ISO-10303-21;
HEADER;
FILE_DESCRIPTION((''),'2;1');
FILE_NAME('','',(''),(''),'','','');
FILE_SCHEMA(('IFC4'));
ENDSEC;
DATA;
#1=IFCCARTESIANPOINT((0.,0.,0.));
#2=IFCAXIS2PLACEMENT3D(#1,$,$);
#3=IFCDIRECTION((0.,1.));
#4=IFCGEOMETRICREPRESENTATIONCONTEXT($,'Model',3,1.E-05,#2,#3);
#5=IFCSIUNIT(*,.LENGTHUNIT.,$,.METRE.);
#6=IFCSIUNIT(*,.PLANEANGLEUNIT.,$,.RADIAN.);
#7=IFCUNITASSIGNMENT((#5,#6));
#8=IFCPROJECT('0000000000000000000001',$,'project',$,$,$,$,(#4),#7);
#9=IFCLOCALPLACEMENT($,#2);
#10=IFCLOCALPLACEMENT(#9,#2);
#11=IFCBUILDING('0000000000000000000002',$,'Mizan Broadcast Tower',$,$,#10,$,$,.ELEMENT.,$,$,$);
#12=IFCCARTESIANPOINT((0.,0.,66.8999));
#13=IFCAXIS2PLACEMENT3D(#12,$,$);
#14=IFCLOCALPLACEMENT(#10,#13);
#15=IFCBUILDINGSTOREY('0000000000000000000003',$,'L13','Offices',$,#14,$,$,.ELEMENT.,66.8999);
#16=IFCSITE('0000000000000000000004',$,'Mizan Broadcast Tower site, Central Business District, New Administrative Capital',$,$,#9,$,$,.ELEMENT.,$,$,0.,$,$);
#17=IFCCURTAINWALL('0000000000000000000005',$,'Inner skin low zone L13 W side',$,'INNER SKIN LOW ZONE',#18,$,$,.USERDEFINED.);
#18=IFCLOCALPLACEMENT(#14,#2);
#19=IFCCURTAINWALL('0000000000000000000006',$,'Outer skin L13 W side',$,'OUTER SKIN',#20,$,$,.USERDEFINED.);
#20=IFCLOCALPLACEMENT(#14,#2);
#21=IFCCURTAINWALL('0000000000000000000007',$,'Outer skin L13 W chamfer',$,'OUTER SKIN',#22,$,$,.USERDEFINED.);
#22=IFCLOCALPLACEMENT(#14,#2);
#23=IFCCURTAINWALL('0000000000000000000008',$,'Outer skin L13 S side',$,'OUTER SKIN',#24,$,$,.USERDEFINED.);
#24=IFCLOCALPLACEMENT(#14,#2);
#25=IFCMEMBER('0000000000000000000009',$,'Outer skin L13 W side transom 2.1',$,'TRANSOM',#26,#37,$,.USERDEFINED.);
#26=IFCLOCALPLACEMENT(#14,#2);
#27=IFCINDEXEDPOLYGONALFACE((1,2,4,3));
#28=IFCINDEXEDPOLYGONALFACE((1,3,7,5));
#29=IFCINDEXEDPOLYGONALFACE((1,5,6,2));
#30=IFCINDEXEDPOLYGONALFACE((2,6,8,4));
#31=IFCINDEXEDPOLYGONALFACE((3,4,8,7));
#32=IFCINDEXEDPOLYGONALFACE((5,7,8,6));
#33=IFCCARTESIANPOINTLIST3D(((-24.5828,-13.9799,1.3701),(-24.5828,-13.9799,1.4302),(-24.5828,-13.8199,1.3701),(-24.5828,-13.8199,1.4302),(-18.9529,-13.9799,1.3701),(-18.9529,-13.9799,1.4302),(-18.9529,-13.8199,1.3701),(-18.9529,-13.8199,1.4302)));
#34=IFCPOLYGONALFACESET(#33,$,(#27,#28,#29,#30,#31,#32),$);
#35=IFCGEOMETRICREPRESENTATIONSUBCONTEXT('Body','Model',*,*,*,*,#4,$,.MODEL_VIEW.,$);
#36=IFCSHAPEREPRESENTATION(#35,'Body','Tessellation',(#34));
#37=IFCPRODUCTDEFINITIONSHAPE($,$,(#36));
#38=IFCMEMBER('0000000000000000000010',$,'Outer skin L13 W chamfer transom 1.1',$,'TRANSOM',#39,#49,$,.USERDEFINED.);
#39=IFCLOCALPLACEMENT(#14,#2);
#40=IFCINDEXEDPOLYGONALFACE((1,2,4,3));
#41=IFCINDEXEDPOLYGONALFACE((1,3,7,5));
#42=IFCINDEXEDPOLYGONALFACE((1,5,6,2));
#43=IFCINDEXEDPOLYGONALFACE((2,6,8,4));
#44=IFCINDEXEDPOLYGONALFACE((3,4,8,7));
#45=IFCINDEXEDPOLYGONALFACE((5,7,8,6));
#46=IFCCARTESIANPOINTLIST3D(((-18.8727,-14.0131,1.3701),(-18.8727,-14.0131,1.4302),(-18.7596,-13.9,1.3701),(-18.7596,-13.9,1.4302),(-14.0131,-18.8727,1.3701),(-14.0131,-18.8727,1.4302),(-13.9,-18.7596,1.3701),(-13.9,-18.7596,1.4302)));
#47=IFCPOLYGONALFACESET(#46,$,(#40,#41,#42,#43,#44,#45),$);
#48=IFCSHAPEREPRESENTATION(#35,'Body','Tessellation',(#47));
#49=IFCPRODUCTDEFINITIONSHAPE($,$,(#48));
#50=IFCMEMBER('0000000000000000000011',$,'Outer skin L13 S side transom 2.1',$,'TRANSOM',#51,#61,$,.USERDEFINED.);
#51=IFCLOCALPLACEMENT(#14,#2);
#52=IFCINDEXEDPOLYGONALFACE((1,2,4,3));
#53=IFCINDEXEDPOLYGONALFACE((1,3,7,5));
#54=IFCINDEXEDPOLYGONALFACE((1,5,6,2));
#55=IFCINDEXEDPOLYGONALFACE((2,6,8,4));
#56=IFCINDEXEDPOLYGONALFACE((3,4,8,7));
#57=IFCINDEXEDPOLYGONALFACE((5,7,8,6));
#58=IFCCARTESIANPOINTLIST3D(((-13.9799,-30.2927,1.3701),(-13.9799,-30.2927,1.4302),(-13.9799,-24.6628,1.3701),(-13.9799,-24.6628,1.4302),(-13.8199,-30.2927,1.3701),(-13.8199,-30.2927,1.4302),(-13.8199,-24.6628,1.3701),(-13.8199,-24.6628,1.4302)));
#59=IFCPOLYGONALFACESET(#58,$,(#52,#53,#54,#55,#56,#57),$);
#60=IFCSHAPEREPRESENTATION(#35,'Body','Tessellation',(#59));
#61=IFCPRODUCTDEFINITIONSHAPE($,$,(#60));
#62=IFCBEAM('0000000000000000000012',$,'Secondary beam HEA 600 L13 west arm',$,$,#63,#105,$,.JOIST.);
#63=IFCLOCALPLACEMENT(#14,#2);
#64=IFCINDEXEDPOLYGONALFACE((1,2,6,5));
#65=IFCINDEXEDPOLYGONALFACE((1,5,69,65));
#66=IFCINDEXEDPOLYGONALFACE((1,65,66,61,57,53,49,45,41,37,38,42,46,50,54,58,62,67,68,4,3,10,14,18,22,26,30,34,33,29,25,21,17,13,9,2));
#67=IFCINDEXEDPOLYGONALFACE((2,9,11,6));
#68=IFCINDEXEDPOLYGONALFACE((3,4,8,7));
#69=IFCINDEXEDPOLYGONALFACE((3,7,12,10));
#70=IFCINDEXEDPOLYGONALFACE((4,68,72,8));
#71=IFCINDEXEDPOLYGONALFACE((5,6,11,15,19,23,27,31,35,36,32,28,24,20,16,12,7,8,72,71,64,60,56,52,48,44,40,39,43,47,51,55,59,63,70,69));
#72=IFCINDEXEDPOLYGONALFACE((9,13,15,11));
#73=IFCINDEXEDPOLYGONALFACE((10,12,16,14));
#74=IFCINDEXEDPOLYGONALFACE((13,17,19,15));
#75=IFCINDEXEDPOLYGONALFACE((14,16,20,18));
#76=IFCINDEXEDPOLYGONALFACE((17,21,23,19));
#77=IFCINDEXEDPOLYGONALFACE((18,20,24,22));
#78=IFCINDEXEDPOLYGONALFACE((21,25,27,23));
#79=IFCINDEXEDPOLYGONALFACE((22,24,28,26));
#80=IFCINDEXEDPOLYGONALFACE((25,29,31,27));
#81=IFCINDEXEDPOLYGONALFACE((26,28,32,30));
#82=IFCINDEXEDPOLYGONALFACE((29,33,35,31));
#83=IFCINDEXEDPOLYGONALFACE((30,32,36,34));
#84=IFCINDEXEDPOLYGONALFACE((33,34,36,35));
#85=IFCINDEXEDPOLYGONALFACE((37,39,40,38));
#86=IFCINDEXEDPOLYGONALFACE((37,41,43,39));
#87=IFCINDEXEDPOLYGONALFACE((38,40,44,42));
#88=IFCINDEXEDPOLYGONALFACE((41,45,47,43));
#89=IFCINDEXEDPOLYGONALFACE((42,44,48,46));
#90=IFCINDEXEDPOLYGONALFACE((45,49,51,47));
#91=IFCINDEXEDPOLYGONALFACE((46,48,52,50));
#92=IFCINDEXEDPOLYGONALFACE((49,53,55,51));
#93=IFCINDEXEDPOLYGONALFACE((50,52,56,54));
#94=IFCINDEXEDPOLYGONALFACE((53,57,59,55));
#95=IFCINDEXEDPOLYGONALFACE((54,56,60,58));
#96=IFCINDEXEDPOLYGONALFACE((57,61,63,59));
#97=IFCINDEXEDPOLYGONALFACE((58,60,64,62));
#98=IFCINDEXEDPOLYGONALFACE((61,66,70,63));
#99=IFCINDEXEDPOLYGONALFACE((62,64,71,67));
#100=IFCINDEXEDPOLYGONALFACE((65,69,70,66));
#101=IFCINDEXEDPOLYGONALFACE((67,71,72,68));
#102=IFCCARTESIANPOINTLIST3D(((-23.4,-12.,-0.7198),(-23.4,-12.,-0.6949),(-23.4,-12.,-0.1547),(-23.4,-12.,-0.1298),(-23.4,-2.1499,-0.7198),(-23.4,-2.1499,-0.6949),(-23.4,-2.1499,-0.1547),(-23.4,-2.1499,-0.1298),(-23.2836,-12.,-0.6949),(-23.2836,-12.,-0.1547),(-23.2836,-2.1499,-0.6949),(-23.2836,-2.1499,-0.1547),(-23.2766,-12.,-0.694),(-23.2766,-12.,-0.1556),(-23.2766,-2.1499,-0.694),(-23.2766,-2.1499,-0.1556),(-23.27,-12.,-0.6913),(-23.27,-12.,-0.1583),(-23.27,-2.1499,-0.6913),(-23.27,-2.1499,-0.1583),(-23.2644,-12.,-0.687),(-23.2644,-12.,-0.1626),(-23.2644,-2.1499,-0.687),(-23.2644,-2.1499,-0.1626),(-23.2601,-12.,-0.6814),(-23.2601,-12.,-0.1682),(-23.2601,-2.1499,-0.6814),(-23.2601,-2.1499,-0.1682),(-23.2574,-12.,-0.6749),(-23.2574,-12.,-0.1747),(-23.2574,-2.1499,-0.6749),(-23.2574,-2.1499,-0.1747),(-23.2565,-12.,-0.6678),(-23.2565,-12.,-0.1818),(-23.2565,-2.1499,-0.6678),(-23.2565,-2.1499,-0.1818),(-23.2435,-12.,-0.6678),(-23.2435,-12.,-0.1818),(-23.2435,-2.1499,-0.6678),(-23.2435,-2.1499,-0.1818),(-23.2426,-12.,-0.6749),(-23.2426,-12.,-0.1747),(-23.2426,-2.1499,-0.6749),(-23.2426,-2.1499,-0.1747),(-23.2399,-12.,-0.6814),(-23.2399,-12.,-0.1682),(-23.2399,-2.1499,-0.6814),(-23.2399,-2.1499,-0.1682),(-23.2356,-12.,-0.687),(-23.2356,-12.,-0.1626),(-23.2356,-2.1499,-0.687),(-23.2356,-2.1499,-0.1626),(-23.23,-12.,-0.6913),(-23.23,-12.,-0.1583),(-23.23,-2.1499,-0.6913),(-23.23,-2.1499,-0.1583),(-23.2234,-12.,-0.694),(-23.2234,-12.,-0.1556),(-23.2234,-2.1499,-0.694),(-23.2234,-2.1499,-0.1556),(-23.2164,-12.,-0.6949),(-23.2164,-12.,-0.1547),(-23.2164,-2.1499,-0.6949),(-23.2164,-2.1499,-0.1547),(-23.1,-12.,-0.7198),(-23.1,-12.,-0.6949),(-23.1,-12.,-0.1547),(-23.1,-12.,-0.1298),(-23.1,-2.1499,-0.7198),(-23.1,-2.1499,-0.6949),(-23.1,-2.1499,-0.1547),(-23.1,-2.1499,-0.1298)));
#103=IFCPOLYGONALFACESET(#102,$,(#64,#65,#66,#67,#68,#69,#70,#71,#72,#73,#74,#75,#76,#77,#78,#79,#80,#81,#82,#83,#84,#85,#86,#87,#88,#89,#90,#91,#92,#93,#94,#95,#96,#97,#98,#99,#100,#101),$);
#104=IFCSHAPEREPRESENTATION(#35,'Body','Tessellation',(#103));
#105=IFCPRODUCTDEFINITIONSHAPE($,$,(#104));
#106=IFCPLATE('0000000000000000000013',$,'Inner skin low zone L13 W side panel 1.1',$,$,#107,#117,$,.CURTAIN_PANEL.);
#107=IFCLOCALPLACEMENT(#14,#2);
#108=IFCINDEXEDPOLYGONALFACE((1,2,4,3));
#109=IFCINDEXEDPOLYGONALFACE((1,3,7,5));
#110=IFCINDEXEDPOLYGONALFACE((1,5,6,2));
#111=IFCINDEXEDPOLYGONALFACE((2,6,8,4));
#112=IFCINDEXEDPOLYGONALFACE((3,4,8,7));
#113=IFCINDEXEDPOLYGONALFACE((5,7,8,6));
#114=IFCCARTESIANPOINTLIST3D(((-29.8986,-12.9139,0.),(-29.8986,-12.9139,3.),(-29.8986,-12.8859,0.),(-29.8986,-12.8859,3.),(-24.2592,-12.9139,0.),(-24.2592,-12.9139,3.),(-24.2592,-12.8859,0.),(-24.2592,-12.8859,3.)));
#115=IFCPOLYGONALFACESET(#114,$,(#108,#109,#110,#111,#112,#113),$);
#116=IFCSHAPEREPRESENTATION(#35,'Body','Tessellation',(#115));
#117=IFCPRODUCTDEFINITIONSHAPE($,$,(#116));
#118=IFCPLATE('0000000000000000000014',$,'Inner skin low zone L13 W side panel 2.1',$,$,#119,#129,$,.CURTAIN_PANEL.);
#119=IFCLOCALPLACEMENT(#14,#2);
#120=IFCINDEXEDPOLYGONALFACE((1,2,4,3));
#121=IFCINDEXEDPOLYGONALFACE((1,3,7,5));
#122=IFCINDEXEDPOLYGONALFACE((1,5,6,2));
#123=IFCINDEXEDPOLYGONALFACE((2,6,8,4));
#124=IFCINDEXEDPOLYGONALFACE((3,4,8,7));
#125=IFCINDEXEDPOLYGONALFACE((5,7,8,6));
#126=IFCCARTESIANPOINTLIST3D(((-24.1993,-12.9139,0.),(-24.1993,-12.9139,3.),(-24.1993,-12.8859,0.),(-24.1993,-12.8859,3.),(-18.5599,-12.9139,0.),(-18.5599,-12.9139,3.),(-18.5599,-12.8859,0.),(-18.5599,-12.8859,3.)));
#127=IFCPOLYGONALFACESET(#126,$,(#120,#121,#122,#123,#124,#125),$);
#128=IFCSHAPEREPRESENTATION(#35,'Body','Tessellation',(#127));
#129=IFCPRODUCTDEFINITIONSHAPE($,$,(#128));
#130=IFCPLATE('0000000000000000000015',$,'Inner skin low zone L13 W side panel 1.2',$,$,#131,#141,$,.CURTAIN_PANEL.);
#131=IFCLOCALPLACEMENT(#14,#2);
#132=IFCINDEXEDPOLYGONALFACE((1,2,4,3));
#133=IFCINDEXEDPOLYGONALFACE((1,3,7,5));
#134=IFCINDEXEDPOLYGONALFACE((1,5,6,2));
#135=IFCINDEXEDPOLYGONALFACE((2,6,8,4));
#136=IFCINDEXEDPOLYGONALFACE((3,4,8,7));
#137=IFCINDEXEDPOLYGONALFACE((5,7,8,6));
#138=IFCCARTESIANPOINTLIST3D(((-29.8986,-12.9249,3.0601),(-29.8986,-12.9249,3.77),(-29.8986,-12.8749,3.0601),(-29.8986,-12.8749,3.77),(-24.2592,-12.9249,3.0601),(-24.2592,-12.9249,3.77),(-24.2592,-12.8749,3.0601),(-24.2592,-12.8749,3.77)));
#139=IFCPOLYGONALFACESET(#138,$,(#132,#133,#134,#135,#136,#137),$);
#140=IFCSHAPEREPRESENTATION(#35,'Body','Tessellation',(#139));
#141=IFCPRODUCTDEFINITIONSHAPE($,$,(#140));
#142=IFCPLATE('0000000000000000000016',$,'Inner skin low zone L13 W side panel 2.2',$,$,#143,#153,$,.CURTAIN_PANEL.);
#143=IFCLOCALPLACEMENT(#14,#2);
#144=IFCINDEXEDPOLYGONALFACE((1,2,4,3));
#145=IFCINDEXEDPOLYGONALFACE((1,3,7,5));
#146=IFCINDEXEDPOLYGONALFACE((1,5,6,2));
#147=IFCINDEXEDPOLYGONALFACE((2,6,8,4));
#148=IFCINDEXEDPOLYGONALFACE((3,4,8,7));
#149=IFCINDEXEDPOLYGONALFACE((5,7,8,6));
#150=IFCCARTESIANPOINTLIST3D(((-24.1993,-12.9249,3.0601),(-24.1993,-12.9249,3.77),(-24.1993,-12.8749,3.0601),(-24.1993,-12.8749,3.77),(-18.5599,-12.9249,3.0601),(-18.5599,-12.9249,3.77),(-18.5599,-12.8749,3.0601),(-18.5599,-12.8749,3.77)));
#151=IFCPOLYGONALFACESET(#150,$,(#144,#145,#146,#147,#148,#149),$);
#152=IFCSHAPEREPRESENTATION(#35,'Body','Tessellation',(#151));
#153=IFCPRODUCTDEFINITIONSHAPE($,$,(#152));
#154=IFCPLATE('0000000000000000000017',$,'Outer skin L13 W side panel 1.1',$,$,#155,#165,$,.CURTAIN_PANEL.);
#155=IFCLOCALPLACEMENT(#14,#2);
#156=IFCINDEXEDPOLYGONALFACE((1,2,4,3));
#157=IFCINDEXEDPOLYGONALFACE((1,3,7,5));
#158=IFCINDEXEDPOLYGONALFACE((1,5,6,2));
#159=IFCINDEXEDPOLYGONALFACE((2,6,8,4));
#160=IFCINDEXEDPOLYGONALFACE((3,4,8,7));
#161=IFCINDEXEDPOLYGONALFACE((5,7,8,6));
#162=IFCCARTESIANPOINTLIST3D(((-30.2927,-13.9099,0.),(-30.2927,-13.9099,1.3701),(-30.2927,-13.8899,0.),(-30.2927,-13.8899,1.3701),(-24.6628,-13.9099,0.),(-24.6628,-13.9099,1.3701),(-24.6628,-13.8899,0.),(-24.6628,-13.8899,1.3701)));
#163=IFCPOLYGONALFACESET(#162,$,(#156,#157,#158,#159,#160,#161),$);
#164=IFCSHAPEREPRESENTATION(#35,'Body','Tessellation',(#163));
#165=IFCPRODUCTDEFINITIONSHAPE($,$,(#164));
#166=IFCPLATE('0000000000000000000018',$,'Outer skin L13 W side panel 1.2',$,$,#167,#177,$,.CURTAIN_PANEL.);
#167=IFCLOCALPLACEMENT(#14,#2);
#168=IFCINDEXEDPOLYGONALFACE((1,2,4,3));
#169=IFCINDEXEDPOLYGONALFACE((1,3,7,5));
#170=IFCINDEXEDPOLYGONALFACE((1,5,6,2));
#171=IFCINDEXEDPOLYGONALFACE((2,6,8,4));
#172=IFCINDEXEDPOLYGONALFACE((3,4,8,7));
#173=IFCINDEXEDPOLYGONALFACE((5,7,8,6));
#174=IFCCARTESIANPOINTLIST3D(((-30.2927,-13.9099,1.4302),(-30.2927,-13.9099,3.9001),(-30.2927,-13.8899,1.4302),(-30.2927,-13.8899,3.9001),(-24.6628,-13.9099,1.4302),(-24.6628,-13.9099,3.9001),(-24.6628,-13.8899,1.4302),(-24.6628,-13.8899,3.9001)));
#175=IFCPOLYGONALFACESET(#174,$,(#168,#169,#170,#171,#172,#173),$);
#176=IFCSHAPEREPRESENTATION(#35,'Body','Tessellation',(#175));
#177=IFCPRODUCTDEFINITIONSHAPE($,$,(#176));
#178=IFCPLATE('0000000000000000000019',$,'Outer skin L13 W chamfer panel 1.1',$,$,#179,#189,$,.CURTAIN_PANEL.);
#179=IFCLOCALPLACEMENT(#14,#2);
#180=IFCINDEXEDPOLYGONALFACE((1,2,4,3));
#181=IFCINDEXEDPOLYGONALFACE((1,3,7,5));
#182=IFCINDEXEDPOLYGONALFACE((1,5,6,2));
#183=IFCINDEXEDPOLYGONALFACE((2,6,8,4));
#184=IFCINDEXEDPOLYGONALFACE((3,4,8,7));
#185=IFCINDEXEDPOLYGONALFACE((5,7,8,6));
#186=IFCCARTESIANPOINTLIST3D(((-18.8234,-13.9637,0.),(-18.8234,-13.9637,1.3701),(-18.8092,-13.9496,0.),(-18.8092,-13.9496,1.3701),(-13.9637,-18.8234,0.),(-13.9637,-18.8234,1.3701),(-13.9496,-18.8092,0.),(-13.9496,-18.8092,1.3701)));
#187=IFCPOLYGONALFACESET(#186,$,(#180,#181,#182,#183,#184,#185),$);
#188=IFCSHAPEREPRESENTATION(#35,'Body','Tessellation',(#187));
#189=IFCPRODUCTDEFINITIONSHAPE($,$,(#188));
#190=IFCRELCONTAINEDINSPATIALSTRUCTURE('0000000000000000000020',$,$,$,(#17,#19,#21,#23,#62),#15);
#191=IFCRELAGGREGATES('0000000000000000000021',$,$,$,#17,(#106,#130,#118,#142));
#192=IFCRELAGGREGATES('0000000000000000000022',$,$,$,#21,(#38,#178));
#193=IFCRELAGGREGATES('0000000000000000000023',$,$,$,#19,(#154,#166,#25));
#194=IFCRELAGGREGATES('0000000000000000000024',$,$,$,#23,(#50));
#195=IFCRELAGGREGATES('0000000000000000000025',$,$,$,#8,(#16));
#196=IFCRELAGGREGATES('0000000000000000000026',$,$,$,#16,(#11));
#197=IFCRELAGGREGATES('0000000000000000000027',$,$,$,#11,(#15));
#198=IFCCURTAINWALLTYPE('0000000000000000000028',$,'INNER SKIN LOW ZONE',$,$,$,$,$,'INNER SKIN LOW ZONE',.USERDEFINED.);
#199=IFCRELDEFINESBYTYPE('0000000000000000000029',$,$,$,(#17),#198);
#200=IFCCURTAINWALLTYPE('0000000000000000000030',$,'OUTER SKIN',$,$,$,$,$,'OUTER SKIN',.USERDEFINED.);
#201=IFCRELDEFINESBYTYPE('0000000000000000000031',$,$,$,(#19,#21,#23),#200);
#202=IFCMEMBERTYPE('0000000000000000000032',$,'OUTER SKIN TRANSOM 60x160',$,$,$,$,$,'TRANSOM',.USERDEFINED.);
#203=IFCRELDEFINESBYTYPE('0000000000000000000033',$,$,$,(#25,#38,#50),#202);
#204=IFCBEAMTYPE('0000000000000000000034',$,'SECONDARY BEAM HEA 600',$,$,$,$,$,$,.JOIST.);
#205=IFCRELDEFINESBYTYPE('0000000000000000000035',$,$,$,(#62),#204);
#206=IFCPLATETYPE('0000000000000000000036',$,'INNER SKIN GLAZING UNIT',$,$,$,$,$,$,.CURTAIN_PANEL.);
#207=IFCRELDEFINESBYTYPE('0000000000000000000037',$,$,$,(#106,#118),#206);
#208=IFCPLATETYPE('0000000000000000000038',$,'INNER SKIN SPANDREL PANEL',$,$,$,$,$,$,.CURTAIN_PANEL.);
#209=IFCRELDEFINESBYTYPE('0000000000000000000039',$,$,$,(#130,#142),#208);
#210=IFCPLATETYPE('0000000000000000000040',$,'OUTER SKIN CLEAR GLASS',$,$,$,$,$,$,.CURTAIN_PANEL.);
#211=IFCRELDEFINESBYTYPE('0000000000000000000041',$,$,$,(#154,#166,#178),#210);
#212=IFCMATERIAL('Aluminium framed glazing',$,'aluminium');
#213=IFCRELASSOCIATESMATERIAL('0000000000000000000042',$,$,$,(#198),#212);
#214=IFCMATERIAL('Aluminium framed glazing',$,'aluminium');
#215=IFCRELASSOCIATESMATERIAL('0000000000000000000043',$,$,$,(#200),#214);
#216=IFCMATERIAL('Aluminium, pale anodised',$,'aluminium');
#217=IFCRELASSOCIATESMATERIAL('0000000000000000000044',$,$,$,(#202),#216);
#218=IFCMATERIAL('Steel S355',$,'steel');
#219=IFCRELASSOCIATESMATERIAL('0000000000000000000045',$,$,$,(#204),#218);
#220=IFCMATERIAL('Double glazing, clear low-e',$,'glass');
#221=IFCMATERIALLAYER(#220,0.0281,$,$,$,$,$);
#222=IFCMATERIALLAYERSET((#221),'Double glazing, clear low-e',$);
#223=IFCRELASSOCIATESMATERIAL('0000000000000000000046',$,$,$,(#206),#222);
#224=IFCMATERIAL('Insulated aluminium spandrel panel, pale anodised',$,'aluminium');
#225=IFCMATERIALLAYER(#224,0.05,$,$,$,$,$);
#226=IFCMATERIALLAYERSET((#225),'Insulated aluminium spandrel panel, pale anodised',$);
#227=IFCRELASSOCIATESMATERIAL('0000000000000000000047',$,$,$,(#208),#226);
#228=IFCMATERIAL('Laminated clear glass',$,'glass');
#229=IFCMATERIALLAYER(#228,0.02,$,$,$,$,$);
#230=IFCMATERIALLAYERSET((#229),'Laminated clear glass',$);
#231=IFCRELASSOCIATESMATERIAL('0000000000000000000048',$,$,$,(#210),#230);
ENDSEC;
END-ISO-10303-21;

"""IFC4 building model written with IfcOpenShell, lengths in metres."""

from ifc_helpers import new_model, si_unit, direction, frame, origin, origin_2d, place, context, subcontext, project, spatial, rectangle, i_section, extrude, material, layer, layer_set, material_profile, profile_set, type_object, element, aggregate, save


model = new_model("IFC4")

# Units and contexts
model_context = context("Model", 3, precision=1e-05, world=origin(), true_north=direction((0.0, 1.0)))
body_context = subcontext(model_context, "Body", "Model", "MODEL_VIEW")
ifc_project = project(units=[si_unit("LENGTHUNIT", "METRE"), si_unit("PLANEANGLEUNIT", "RADIAN")], contexts=[model_context])

# Site, building, storey
site_placement = place(None, origin())
site = spatial("IfcSite", under=ifc_project, at=site_placement, Name="Mizan Broadcast Tower site, Central Business District, New Administrative Capital", CompositionType="ELEMENT", RefElevation=0.0)
building_placement = place(site_placement, origin())
building = spatial("IfcBuilding", under=site, at=building_placement, Name="Mizan Broadcast Tower", CompositionType="ELEMENT")
storey_placement = place(building_placement, frame((0.0, 0.0, 66.8999)))
storey = spatial("IfcBuildingStorey", under=building, at=storey_placement, Name="L13", Description="Offices", CompositionType="ELEMENT", Elevation=66.8999)

# Shared definitions
ifc_material_1 = material(Name="Aluminium framed glazing", Category="aluminium")
curtain_wall_type_1 = type_object("IfcCurtainWallType", Name="INNER SKIN LOW ZONE", ElementType="INNER SKIN LOW ZONE", PredefinedType="USERDEFINED", material=ifc_material_1)

# Curtain wall
curtain_wall_1_placement = place(storey_placement, origin())
curtain_wall_1 = element("IfcCurtainWall", 1, at=curtain_wall_1_placement, inside=storey, type_object=curtain_wall_type_1, Name="Inner skin low zone L13 W side", ObjectType="INNER SKIN LOW ZONE", PredefinedType="USERDEFINED")

# Shared definitions
ifc_material_2 = material(Name="Aluminium framed glazing", Category="aluminium")
curtain_wall_type_2 = type_object("IfcCurtainWallType", Name="OUTER SKIN", ElementType="OUTER SKIN", PredefinedType="USERDEFINED", material=ifc_material_2)

# Curtain wall
curtain_wall_2_placement = place(storey_placement, origin())
curtain_wall_2 = element("IfcCurtainWall", 2, at=curtain_wall_2_placement, inside=storey, type_object=curtain_wall_type_2, Name="Outer skin L13 W side", ObjectType="OUTER SKIN", PredefinedType="USERDEFINED")

# Curtain walls
curtain_wall_3_placement = place(storey_placement, origin())
curtain_wall_3 = element("IfcCurtainWall", 3, at=curtain_wall_3_placement, inside=storey, type_object=curtain_wall_type_2, Name="Outer skin L13 W chamfer", ObjectType="OUTER SKIN", PredefinedType="USERDEFINED")
curtain_wall_4_placement = place(storey_placement, origin())
curtain_wall_4 = element("IfcCurtainWall", 4, at=curtain_wall_4_placement, inside=storey, type_object=curtain_wall_type_2, Name="Outer skin L13 S side", ObjectType="OUTER SKIN", PredefinedType="USERDEFINED")

# Members
ifc_material_3 = material(Name="Aluminium, pale anodised", Category="aluminium")
ifc_material_profile_1 = material_profile(ifc_material_3, rectangle(XDim=0.1599, YDim=0.0601, at=origin_2d()), Name="TRANSOM 160x60")
ifc_profile_set_1 = profile_set([ifc_material_profile_1], Name="Aluminium, pale anodised")
member_type_1 = type_object("IfcMemberType", Name="OUTER SKIN TRANSOM 60x160", ElementType="TRANSOM", PredefinedType="USERDEFINED", material=ifc_profile_set_1)
member_1_placement = place(storey_placement, frame((-24.5828, -13.8999, 1.4001), z_axis=(1.0, 0.0, 0.0), x_axis=(0.0, 1.0, 0.0)))
member_1 = element("IfcMember", 5, at=member_1_placement, type_object=member_type_1, Name="Outer skin L13 W side transom 2.1", ObjectType="TRANSOM", PredefinedType="USERDEFINED", context=body_context, shape_type="SweptSolid", body=[
    extrude(rectangle(XDim=0.1599, YDim=0.0601, at=origin_2d()), origin(), (0.0, 0.0, 1.0), 5.6299),
])
member_2_placement = place(storey_placement, frame((-18.8162, -13.9565, 1.4001), z_axis=(0.707107, -0.707107, 0.0), x_axis=(0.707107, 0.707107, 0.0)))
member_2 = element("IfcMember", 6, at=member_2_placement, type_object=member_type_1, Name="Outer skin L13 W chamfer transom 1.1", ObjectType="TRANSOM", PredefinedType="USERDEFINED", context=body_context, shape_type="SweptSolid", body=[
    extrude(rectangle(XDim=0.1599, YDim=0.0601, at=origin_2d()), origin(), (0.0, 0.0, 1.0), 6.8726),
])
member_3_placement = place(storey_placement, frame((-13.8999, -24.6628, 1.4001), z_axis=(0.0, -1.0, 0.0), x_axis=(1.0, 0.0, 0.0)))
member_3 = element("IfcMember", 7, at=member_3_placement, type_object=member_type_1, Name="Outer skin L13 S side transom 2.1", ObjectType="TRANSOM", PredefinedType="USERDEFINED", context=body_context, shape_type="SweptSolid", body=[
    extrude(rectangle(XDim=0.1599, YDim=0.0601, at=origin_2d()), origin(), (0.0, 0.0, 1.0), 5.6299),
])

# Beam
ifc_material_4 = material(Name="Steel S355", Category="steel")
ifc_material_profile_2 = material_profile(ifc_material_4, i_section(OverallWidth=0.3, OverallDepth=0.5901, WebThickness=0.0129, FlangeThickness=0.0249, FilletRadius=0.0271, at=origin_2d()), Name="HEA 600")
ifc_profile_set_2 = profile_set([ifc_material_profile_2], Name="Steel S355")
beam_type_1 = type_object("IfcBeamType", Name="SECONDARY BEAM HEA 600", PredefinedType="JOIST", material=ifc_profile_set_2)
beam_1_placement = place(storey_placement, frame((-23.25, -12.0, -0.4248), z_axis=(0.0, 1.0, 0.0), x_axis=(-1.0, 0.0, 0.0)))
element("IfcBeam", 8, at=beam_1_placement, inside=storey, type_object=beam_type_1, Name="Secondary beam HEA 600 L13 west arm", PredefinedType="JOIST", context=body_context, shape_type="SweptSolid", body=[
    extrude(i_section(OverallWidth=0.3, OverallDepth=0.5901, WebThickness=0.0129, FlangeThickness=0.0249, FilletRadius=0.0271, at=origin_2d()), origin(), (0.0, 0.0, 1.0), 9.8501),
])

# Plates
ifc_material_5 = material(Name="Double glazing, clear low-e", Category="glass")
ifc_layer_1 = layer(ifc_material_5, 0.0281)
ifc_layer_set_1 = layer_set([ifc_layer_1], Name="Double glazing, clear low-e")
plate_type_1 = type_object("IfcPlateType", Name="INNER SKIN GLAZING UNIT", PredefinedType="CURTAIN_PANEL", material=ifc_layer_set_1)
plate_1_placement = place(storey_placement, frame((-27.0789, -12.8999, 0.0), z_axis=(0.0, 0.0, 1.0), x_axis=(1.0, 0.0, 0.0)))
plate_1 = element("IfcPlate", 9, at=plate_1_placement, type_object=plate_type_1, Name="Inner skin low zone L13 W side panel 1.1", PredefinedType="CURTAIN_PANEL", context=body_context, shape_type="SweptSolid", body=[
    extrude(rectangle(XDim=5.6394, YDim=0.0281, at=origin_2d()), origin(), (0.0, 0.0, 1.0), 3.0),
])
plate_2_placement = place(storey_placement, frame((-21.3796, -12.8999, 0.0), z_axis=(0.0, 0.0, 1.0), x_axis=(1.0, 0.0, 0.0)))
plate_2 = element("IfcPlate", 10, at=plate_2_placement, type_object=plate_type_1, Name="Inner skin low zone L13 W side panel 2.1", PredefinedType="CURTAIN_PANEL", context=body_context, shape_type="SweptSolid", body=[
    extrude(rectangle(XDim=5.6394, YDim=0.0281, at=origin_2d()), origin(), (0.0, 0.0, 1.0), 3.0),
])
ifc_material_6 = material(Name="Insulated aluminium spandrel panel, pale anodised", Category="aluminium")
ifc_layer_2 = layer(ifc_material_6, 0.05)
ifc_layer_set_2 = layer_set([ifc_layer_2], Name="Insulated aluminium spandrel panel, pale anodised")
plate_type_2 = type_object("IfcPlateType", Name="INNER SKIN SPANDREL PANEL", PredefinedType="CURTAIN_PANEL", material=ifc_layer_set_2)
plate_3_placement = place(storey_placement, frame((-27.0789, -12.8999, 3.0601), z_axis=(0.0, 0.0, 1.0), x_axis=(1.0, 0.0, 0.0)))
plate_3 = element("IfcPlate", 11, at=plate_3_placement, type_object=plate_type_2, Name="Inner skin low zone L13 W side panel 1.2", PredefinedType="CURTAIN_PANEL", context=body_context, shape_type="SweptSolid", body=[
    extrude(rectangle(XDim=5.6394, YDim=0.05, at=origin_2d()), origin(), (0.0, 0.0, 1.0), 0.71),
])
plate_4_placement = place(storey_placement, frame((-21.3796, -12.8999, 3.0601), z_axis=(0.0, 0.0, 1.0), x_axis=(1.0, 0.0, 0.0)))
plate_4 = element("IfcPlate", 12, at=plate_4_placement, type_object=plate_type_2, Name="Inner skin low zone L13 W side panel 2.2", PredefinedType="CURTAIN_PANEL", context=body_context, shape_type="SweptSolid", body=[
    extrude(rectangle(XDim=5.6394, YDim=0.05, at=origin_2d()), origin(), (0.0, 0.0, 1.0), 0.71),
])
aggregate(curtain_wall_1, [plate_1, plate_3, plate_2, plate_4])
ifc_material_7 = material(Name="Laminated clear glass", Category="glass")
ifc_layer_3 = layer(ifc_material_7, 0.02)
ifc_layer_set_3 = layer_set([ifc_layer_3], Name="Laminated clear glass")
plate_type_3 = type_object("IfcPlateType", Name="OUTER SKIN CLEAR GLASS", PredefinedType="CURTAIN_PANEL", material=ifc_layer_set_3)
plate_5_placement = place(storey_placement, frame((-27.4778, -13.8999, 0.0), z_axis=(0.0, 0.0, 1.0), x_axis=(1.0, 0.0, 0.0)))
plate_5 = element("IfcPlate", 13, at=plate_5_placement, type_object=plate_type_3, Name="Outer skin L13 W side panel 1.1", PredefinedType="CURTAIN_PANEL", context=body_context, shape_type="SweptSolid", body=[
    extrude(rectangle(XDim=5.6299, YDim=0.02, at=origin_2d()), origin(), (0.0, 0.0, 1.0), 1.3701),
])
plate_6_placement = place(storey_placement, frame((-27.4778, -13.8999, 1.4302), z_axis=(0.0, 0.0, 1.0), x_axis=(1.0, 0.0, 0.0)))
plate_6 = element("IfcPlate", 14, at=plate_6_placement, type_object=plate_type_3, Name="Outer skin L13 W side panel 1.2", PredefinedType="CURTAIN_PANEL", context=body_context, shape_type="SweptSolid", body=[
    extrude(rectangle(XDim=5.6299, YDim=0.02, at=origin_2d()), origin(), (0.0, 0.0, 1.0), 2.47),
])
plate_7_placement = place(storey_placement, frame((-16.3865, -16.3865, 0.0), z_axis=(0.0, 0.0, 1.0), x_axis=(0.707107, -0.707107, 0.0)))
plate_7 = element("IfcPlate", 15, at=plate_7_placement, type_object=plate_type_3, Name="Outer skin L13 W chamfer panel 1.1", PredefinedType="CURTAIN_PANEL", context=body_context, shape_type="SweptSolid", body=[
    extrude(rectangle(XDim=6.8726, YDim=0.02, at=origin_2d()), origin(), (0.0, 0.0, 1.0), 1.3701),
])
aggregate(curtain_wall_3, [member_2, plate_7])
aggregate(curtain_wall_2, [plate_5, plate_6, member_1])
aggregate(curtain_wall_4, [member_3])

save(model, "model.ifc")
